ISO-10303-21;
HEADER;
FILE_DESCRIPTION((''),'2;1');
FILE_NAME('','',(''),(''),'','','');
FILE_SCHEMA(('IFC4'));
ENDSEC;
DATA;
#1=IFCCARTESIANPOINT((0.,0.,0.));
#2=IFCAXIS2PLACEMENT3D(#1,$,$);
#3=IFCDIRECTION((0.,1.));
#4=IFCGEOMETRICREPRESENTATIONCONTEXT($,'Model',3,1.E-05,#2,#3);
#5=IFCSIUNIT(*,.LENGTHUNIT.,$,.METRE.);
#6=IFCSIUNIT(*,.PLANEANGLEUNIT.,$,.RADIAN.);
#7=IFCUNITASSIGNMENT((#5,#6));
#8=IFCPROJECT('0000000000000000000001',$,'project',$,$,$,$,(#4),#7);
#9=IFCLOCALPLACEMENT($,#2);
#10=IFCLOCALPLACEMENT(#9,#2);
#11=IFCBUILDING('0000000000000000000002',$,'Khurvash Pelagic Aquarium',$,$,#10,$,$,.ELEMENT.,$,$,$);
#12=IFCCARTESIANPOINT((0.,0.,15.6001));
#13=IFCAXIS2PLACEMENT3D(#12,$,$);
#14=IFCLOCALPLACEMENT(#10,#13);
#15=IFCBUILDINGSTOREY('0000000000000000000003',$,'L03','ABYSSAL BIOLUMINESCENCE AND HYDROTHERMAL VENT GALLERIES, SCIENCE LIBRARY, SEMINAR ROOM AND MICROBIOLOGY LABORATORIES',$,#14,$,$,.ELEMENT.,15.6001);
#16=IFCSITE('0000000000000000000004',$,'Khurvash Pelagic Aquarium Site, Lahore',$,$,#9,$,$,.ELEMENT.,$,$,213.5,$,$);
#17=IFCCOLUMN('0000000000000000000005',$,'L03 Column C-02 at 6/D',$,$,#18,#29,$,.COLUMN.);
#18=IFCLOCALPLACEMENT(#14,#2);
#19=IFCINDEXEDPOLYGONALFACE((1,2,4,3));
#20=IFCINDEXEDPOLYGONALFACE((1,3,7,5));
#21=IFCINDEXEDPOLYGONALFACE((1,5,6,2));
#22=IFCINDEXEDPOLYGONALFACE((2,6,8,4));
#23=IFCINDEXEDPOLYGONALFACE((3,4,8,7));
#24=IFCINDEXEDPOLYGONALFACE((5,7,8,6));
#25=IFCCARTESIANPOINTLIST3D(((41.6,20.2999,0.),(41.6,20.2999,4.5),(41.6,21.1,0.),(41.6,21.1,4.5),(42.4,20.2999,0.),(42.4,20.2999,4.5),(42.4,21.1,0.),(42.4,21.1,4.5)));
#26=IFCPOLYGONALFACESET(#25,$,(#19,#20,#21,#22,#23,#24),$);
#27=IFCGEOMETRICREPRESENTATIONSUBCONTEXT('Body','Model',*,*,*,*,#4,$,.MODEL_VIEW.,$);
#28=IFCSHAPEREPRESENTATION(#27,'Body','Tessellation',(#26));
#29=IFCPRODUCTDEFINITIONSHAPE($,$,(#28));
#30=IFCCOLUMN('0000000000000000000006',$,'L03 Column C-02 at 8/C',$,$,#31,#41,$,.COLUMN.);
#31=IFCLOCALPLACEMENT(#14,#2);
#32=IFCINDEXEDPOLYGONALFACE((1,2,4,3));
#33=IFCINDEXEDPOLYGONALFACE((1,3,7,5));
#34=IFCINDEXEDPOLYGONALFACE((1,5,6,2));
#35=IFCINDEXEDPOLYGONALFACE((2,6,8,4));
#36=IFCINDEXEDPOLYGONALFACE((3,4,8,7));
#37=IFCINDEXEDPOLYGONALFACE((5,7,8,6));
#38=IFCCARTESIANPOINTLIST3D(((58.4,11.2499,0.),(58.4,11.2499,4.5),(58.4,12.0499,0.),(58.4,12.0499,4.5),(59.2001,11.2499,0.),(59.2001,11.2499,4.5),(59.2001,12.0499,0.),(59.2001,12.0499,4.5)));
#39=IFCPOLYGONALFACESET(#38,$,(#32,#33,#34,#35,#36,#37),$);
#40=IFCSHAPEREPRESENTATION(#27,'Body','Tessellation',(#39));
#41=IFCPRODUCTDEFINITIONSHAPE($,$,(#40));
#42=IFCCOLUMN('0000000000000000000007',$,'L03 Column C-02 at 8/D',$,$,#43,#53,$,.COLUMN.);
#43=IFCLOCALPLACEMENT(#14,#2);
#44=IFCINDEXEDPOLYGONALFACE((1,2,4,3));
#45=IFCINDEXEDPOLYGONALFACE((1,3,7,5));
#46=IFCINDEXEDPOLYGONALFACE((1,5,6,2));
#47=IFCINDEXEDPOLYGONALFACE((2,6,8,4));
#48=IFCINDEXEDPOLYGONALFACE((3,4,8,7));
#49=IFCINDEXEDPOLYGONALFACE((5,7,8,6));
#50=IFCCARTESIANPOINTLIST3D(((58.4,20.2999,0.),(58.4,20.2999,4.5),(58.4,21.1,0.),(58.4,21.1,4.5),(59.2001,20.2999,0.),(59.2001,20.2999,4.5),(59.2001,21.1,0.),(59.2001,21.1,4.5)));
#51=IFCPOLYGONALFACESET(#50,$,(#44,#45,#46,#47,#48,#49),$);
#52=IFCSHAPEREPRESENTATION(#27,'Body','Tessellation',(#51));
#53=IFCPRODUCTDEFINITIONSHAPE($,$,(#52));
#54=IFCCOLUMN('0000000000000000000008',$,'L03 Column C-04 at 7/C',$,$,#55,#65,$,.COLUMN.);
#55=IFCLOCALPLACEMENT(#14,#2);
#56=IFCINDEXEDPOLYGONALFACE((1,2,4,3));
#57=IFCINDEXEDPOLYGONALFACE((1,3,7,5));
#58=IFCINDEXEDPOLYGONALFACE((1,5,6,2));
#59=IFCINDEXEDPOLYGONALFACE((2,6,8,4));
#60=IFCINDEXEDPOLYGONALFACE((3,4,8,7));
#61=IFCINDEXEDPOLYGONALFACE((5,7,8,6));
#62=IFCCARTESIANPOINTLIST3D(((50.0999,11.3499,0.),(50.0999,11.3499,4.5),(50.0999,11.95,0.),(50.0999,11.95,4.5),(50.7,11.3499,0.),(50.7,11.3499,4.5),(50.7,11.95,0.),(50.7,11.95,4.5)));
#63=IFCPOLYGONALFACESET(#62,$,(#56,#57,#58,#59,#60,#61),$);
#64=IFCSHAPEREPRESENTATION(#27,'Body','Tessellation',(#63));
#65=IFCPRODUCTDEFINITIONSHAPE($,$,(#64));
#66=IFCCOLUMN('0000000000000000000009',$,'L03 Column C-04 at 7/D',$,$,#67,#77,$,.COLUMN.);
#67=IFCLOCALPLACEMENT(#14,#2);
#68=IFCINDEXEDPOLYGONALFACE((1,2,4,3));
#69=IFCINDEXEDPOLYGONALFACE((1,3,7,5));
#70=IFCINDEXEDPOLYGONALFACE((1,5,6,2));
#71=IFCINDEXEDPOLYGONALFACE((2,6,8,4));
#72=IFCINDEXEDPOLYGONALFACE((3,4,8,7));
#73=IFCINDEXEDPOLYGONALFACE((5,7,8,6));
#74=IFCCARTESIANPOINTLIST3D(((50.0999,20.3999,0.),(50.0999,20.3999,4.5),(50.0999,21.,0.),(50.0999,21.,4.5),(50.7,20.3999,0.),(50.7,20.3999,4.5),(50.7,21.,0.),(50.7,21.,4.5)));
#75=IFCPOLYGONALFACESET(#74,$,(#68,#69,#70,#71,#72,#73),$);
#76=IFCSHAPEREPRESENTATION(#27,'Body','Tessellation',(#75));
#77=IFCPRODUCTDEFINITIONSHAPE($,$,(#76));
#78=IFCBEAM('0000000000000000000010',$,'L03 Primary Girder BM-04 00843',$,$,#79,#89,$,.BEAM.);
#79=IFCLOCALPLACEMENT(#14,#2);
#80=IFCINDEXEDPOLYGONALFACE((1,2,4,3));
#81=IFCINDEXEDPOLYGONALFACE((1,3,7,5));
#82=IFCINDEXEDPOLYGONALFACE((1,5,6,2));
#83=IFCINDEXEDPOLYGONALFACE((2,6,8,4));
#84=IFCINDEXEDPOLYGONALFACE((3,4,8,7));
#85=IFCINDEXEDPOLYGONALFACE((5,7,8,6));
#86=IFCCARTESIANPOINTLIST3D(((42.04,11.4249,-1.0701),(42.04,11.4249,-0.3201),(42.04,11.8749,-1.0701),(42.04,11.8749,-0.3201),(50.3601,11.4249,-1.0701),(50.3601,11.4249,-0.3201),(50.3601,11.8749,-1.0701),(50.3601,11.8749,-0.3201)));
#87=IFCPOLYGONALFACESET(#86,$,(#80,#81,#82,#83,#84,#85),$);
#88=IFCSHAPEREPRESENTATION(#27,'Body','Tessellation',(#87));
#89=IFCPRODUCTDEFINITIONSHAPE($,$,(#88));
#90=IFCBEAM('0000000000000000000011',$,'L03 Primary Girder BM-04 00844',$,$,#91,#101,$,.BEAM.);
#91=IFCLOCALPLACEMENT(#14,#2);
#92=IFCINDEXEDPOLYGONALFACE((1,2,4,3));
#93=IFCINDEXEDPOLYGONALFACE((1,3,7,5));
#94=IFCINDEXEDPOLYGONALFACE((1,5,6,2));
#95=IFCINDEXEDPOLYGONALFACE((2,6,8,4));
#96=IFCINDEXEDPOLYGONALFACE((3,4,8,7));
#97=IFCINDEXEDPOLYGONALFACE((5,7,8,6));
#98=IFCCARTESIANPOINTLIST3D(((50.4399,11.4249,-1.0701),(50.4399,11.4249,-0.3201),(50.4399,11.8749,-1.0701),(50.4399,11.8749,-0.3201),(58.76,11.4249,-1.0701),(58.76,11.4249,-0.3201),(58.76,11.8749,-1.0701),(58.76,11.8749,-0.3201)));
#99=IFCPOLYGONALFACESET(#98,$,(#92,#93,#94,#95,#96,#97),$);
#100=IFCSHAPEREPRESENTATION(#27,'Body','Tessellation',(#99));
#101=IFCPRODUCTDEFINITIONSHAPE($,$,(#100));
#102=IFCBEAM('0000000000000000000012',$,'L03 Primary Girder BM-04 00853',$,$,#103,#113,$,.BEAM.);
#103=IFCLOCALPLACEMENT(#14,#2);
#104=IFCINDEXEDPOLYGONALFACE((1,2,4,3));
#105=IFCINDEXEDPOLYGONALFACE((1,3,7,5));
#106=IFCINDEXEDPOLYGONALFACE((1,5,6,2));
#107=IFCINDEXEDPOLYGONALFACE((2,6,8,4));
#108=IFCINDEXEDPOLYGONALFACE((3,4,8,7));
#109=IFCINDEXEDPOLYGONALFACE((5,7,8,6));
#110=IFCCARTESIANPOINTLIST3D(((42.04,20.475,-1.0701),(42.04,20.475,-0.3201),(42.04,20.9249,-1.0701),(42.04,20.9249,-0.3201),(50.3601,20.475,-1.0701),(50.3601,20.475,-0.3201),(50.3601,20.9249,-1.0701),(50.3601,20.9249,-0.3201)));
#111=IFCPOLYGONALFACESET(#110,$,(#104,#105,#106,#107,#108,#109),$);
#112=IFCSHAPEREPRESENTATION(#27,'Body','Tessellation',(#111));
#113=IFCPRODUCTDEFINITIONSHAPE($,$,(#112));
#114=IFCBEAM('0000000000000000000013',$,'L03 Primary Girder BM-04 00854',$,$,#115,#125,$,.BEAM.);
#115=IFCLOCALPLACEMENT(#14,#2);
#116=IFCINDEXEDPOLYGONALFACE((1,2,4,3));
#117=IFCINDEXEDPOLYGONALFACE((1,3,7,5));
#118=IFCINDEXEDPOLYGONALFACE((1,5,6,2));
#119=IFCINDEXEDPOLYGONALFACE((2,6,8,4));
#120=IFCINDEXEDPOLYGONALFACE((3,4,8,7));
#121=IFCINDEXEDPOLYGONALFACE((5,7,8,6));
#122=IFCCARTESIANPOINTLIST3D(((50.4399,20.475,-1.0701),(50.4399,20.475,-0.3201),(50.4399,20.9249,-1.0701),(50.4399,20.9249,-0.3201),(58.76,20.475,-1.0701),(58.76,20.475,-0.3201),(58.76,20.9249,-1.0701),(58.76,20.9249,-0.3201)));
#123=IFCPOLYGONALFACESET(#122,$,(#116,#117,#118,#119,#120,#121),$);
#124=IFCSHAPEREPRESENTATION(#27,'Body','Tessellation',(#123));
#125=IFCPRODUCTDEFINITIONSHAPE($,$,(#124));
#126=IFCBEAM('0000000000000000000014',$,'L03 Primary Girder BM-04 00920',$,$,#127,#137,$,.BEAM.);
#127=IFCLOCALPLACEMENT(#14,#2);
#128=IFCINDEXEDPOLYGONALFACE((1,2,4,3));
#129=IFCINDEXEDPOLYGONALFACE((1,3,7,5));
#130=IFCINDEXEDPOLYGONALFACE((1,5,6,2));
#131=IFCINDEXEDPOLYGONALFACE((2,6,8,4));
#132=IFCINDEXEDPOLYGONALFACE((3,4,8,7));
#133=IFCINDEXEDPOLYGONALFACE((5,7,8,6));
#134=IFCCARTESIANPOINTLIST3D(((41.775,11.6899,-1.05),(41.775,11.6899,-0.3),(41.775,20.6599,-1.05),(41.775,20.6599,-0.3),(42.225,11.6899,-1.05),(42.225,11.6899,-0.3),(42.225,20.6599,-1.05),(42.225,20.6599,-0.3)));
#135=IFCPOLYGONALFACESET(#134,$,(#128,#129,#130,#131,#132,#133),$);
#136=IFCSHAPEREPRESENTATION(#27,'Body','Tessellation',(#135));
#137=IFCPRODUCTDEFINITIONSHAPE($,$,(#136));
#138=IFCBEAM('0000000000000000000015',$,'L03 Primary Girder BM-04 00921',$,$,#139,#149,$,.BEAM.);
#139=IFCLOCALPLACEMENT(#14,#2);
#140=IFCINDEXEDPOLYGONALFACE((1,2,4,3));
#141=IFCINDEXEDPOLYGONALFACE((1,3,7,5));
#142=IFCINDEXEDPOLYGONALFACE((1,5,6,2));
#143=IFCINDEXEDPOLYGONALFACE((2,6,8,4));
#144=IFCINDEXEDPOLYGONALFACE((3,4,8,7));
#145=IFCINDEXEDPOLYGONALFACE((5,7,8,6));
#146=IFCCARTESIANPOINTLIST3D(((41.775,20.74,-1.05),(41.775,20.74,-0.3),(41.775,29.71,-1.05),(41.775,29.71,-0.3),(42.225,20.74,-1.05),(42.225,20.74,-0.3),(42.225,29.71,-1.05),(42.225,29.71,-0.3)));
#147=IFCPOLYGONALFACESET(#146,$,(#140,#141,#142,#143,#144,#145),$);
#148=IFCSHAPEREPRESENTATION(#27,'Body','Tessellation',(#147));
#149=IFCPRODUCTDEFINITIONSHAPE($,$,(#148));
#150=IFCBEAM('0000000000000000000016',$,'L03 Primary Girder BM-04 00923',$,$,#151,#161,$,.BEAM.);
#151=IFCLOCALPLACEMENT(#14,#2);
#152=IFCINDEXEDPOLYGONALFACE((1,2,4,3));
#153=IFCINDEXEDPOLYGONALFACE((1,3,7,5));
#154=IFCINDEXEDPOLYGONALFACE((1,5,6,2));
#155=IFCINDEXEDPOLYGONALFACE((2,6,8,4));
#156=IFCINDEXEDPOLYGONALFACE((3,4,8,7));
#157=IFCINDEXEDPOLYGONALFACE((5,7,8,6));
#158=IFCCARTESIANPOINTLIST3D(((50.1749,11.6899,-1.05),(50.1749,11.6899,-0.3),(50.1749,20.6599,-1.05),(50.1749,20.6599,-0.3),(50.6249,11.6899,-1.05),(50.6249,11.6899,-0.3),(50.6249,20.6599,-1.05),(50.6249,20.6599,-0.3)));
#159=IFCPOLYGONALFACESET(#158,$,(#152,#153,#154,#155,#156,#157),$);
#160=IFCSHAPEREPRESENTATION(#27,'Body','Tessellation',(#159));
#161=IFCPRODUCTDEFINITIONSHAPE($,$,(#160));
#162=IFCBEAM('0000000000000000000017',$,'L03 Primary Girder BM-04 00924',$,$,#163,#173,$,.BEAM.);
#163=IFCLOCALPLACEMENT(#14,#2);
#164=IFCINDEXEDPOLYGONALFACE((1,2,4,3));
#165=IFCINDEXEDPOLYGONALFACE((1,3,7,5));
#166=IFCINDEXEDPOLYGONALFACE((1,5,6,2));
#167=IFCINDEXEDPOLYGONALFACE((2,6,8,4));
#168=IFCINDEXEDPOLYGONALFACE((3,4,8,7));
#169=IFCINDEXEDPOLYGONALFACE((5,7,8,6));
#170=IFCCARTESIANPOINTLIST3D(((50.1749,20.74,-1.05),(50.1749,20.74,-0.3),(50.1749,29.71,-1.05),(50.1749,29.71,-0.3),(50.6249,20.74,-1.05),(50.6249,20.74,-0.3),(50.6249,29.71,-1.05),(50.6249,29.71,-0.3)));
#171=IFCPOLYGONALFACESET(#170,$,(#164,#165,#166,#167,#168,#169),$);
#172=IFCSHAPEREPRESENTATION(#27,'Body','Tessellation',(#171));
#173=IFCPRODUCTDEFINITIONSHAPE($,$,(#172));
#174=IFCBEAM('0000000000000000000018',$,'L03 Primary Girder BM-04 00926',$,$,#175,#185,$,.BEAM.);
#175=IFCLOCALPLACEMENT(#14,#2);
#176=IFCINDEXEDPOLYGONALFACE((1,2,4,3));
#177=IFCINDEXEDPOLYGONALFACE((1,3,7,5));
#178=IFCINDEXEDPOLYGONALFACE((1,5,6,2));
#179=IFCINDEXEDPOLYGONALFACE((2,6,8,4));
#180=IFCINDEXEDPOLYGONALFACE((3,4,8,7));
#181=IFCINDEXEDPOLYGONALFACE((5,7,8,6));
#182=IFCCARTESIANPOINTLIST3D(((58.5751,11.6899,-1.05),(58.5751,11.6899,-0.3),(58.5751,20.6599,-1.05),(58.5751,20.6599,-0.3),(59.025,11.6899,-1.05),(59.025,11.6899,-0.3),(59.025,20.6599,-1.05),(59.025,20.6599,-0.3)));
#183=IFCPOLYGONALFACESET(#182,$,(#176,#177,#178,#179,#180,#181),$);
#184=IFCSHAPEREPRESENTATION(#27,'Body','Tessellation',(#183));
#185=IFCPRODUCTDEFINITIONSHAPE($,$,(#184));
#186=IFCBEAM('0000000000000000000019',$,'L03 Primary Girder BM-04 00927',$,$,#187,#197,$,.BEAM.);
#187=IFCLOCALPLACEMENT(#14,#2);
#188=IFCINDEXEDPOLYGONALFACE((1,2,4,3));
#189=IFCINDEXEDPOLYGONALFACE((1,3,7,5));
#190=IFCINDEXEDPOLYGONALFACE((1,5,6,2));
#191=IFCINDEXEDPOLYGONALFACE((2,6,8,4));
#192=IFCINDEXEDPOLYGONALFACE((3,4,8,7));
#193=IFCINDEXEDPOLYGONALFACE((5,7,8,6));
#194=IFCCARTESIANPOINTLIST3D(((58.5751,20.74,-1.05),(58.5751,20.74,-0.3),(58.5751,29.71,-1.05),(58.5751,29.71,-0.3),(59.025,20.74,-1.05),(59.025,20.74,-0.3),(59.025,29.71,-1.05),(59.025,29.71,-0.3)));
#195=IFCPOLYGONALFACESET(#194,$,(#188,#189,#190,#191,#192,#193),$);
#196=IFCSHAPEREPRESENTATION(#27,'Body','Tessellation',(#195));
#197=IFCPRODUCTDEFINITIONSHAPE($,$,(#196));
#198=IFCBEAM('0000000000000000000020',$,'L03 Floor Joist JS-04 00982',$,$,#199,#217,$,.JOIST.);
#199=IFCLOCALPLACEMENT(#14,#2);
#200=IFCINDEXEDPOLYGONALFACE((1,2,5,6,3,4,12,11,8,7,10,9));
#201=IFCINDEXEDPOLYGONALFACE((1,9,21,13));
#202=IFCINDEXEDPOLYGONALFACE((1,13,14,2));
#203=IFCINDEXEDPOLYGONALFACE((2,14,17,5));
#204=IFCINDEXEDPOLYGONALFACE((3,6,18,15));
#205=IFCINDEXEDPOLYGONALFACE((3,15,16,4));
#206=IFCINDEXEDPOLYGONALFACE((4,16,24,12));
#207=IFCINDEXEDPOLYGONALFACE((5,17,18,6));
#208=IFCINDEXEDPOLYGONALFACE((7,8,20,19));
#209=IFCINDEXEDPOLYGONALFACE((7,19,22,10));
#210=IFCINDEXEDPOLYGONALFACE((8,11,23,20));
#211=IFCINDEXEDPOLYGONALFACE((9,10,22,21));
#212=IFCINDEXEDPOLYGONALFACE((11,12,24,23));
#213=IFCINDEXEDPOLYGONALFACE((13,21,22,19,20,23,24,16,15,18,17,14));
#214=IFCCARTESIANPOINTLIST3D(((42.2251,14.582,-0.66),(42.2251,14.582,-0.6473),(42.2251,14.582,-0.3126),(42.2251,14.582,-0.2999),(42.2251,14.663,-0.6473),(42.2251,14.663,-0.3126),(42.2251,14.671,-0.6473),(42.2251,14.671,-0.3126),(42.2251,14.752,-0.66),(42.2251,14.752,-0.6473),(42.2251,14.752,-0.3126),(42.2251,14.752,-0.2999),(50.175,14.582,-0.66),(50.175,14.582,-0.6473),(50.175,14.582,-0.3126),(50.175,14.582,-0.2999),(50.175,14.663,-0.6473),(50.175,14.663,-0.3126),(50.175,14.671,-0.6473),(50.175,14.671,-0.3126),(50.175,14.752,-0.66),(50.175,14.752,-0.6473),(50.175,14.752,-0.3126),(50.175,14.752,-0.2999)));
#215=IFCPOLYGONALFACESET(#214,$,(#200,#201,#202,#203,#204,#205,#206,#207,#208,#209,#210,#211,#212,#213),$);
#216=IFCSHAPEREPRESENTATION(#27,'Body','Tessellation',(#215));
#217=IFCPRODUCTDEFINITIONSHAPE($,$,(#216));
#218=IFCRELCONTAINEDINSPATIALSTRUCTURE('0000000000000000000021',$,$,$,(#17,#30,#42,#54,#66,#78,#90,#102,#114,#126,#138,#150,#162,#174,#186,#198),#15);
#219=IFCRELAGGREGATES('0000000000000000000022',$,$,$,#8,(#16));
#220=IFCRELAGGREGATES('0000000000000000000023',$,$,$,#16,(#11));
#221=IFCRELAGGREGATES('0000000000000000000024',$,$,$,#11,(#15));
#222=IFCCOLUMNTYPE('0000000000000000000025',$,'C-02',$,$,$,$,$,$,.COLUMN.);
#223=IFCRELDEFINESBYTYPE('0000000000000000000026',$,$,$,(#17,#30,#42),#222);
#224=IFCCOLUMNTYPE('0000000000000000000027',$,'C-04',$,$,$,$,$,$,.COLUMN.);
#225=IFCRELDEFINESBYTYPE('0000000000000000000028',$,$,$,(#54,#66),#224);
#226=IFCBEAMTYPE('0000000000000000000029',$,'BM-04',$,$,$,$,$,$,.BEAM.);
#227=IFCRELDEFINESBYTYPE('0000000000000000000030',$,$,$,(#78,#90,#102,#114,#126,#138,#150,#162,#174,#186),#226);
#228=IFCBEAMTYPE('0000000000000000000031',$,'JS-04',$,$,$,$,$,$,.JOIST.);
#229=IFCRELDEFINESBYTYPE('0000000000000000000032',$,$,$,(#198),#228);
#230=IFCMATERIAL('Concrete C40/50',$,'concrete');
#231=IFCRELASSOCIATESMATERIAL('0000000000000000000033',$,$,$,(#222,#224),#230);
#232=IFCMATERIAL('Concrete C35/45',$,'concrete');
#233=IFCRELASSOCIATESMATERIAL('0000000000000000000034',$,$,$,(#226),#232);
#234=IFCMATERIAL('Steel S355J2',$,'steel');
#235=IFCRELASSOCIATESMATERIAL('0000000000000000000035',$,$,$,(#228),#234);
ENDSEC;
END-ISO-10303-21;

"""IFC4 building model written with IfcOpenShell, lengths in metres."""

from ifc_helpers import new_model, si_unit, direction, frame, origin, origin_2d, place, context, subcontext, project, spatial, rectangle, i_section, extrude, material, material_profile, profile_set, type_object, element, save


model = new_model("IFC4")

# Units and contexts
model_context = context("Model", 3, precision=1e-05, world=origin(), true_north=direction((0.0, 1.0)))
body_context = subcontext(model_context, "Body", "Model", "MODEL_VIEW")
ifc_project = project(units=[si_unit("LENGTHUNIT", "METRE"), si_unit("PLANEANGLEUNIT", "RADIAN")], contexts=[model_context])

# Site, building, storey
site_placement = place(None, origin())
site = spatial("IfcSite", under=ifc_project, at=site_placement, Name="Khurvash Pelagic Aquarium Site, Lahore", CompositionType="ELEMENT", RefElevation=213.5)
building_placement = place(site_placement, origin())
building = spatial("IfcBuilding", under=site, at=building_placement, Name="Khurvash Pelagic Aquarium", CompositionType="ELEMENT")
storey_placement = place(building_placement, frame((0.0, 0.0, 15.6001)))
storey = spatial("IfcBuildingStorey", under=building, at=storey_placement, Name="L03", Description="ABYSSAL BIOLUMINESCENCE AND HYDROTHERMAL VENT GALLERIES, SCIENCE LIBRARY, SEMINAR ROOM AND MICROBIOLOGY LABORATORIES", CompositionType="ELEMENT", Elevation=15.6001)

# Columns
ifc_material_1 = material(Name="Concrete C40/50", Category="concrete")
ifc_material_profile_1 = material_profile(ifc_material_1, rectangle(XDim=0.8, YDim=0.8, at=origin_2d()), Name="RC800X800")
ifc_profile_set_1 = profile_set([ifc_material_profile_1], Name="Concrete C40/50")
column_type_1 = type_object("IfcColumnType", Name="C-02", PredefinedType="COLUMN", material=ifc_profile_set_1)
for number, where, z_axis, x_axis, name in (
    (1, (42.0, 20.7, 0.0), (0.0, 0.0, 1.0), (1.0, 0.0, 0.0), "L03 Column C-02 at 6/D"),
    (2, (58.8, 11.6499, 0.0), (0.0, 0.0, 1.0), (1.0, 0.0, 0.0), "L03 Column C-02 at 8/C"),
    (3, (58.8, 20.7, 0.0), (0.0, 0.0, 1.0), (1.0, 0.0, 0.0), "L03 Column C-02 at 8/D"),
):
    element("IfcColumn", number, at=place(storey_placement, frame(where, z_axis=z_axis, x_axis=x_axis)), inside=storey, type_object=column_type_1, Name=name, PredefinedType="COLUMN", context=body_context, shape_type="SweptSolid", body=[
        extrude(rectangle(XDim=0.8, YDim=0.8, at=origin_2d()), origin(), (0.0, 0.0, 1.0), 4.5),
    ])
ifc_material_profile_2 = material_profile(ifc_material_1, rectangle(XDim=0.6001, YDim=0.6001, at=origin_2d()), Name="RC600X600")
ifc_profile_set_2 = profile_set([ifc_material_profile_2], Name="Concrete C40/50")
column_type_2 = type_object("IfcColumnType", Name="C-04", PredefinedType="COLUMN", material=ifc_profile_set_2)
for number, where, z_axis, x_axis, name in (
    (4, (50.3999, 11.6499, 0.0), (0.0, 0.0, 1.0), (1.0, 0.0, 0.0), "L03 Column C-04 at 7/C"),
    (5, (50.3999, 20.7, 0.0), (0.0, 0.0, 1.0), (1.0, 0.0, 0.0), "L03 Column C-04 at 7/D"),
):
    element("IfcColumn", number, at=place(storey_placement, frame(where, z_axis=z_axis, x_axis=x_axis)), inside=storey, type_object=column_type_2, Name=name, PredefinedType="COLUMN", context=body_context, shape_type="SweptSolid", body=[
        extrude(rectangle(XDim=0.6001, YDim=0.6001, at=origin_2d()), origin(), (0.0, 0.0, 1.0), 4.5),
    ])

# Beams
ifc_material_2 = material(Name="Concrete C35/45", Category="concrete")
ifc_material_profile_3 = material_profile(ifc_material_2, rectangle(XDim=0.45, YDim=0.75, at=origin_2d()), Name="RC450X750")
ifc_profile_set_3 = profile_set([ifc_material_profile_3], Name="Concrete C35/45")
beam_type_1 = type_object("IfcBeamType", Name="BM-04", PredefinedType="BEAM", material=ifc_profile_set_3)
for number, where, z_axis, x_axis, name in (
    (6, (42.04, 11.6499, -0.6951), (1.0, 0.0, 0.0), (0.0, 1.0, 0.0), "L03 Primary Girder BM-04 00843"),
    (7, (50.4399, 11.6499, -0.6951), (1.0, 0.0, 0.0), (0.0, 1.0, 0.0), "L03 Primary Girder BM-04 00844"),
    (8, (42.04, 20.7, -0.6951), (1.0, 0.0, 0.0), (0.0, 1.0, 0.0), "L03 Primary Girder BM-04 00853"),
    (9, (50.4399, 20.7, -0.6951), (1.0, 0.0, 0.0), (0.0, 1.0, 0.0), "L03 Primary Girder BM-04 00854"),
):
    element("IfcBeam", number, at=place(storey_placement, frame(where, z_axis=z_axis, x_axis=x_axis)), inside=storey, type_object=beam_type_1, Name=name, PredefinedType="BEAM", context=body_context, shape_type="SweptSolid", body=[
        extrude(rectangle(XDim=0.45, YDim=0.75, at=origin_2d()), origin(), (0.0, 0.0, 1.0), 8.3201),
    ])
for number, where, z_axis, x_axis, name in (
    (10, (42.0, 11.6899, -0.675), (0.0, 1.0, 0.0), (-1.0, 0.0, 0.0), "L03 Primary Girder BM-04 00920"),
    (11, (42.0, 20.74, -0.675), (0.0, 1.0, 0.0), (-1.0, 0.0, 0.0), "L03 Primary Girder BM-04 00921"),
    (12, (50.3999, 11.6899, -0.675), (0.0, 1.0, 0.0), (-1.0, 0.0, 0.0), "L03 Primary Girder BM-04 00923"),
    (13, (50.3999, 20.74, -0.675), (0.0, 1.0, 0.0), (-1.0, 0.0, 0.0), "L03 Primary Girder BM-04 00924"),
    (14, (58.8, 11.6899, -0.675), (0.0, 1.0, 0.0), (-1.0, 0.0, 0.0), "L03 Primary Girder BM-04 00926"),
    (15, (58.8, 20.74, -0.675), (0.0, 1.0, 0.0), (-1.0, 0.0, 0.0), "L03 Primary Girder BM-04 00927"),
):
    element("IfcBeam", number, at=place(storey_placement, frame(where, z_axis=z_axis, x_axis=x_axis)), inside=storey, type_object=beam_type_1, Name=name, PredefinedType="BEAM", context=body_context, shape_type="SweptSolid", body=[
        extrude(rectangle(XDim=0.45, YDim=0.75, at=origin_2d()), origin(), (0.0, 0.0, 1.0), 8.97),
    ])
ifc_material_3 = material(Name="Steel S355J2", Category="steel")
ifc_material_profile_4 = material_profile(ifc_material_3, i_section(OverallWidth=0.1699, OverallDepth=0.3601, WebThickness=0.0081, FlangeThickness=0.0127, at=origin_2d()), Name="IPE360")
ifc_profile_set_4 = profile_set([ifc_material_profile_4], Name="Steel S355J2")
beam_type_2 = type_object("IfcBeamType", Name="JS-04", PredefinedType="JOIST", material=ifc_profile_set_4)
for number, where, z_axis, x_axis, name in (
    (16, (42.2251, 14.667, -0.48), (1.0, 0.0, 0.0), (0.0, 1.0, 0.0), "L03 Floor Joist JS-04 00982"),
):
    element("IfcBeam", number, at=place(storey_placement, frame(where, z_axis=z_axis, x_axis=x_axis)), inside=storey, type_object=beam_type_2, Name=name, PredefinedType="JOIST", context=body_context, shape_type="SweptSolid", body=[
        extrude(i_section(OverallWidth=0.1699, OverallDepth=0.3601, WebThickness=0.0081, FlangeThickness=0.0127, at=origin_2d()), origin(), (0.0, 0.0, 1.0), 7.95),
    ])

save(model, "model.ifc")
